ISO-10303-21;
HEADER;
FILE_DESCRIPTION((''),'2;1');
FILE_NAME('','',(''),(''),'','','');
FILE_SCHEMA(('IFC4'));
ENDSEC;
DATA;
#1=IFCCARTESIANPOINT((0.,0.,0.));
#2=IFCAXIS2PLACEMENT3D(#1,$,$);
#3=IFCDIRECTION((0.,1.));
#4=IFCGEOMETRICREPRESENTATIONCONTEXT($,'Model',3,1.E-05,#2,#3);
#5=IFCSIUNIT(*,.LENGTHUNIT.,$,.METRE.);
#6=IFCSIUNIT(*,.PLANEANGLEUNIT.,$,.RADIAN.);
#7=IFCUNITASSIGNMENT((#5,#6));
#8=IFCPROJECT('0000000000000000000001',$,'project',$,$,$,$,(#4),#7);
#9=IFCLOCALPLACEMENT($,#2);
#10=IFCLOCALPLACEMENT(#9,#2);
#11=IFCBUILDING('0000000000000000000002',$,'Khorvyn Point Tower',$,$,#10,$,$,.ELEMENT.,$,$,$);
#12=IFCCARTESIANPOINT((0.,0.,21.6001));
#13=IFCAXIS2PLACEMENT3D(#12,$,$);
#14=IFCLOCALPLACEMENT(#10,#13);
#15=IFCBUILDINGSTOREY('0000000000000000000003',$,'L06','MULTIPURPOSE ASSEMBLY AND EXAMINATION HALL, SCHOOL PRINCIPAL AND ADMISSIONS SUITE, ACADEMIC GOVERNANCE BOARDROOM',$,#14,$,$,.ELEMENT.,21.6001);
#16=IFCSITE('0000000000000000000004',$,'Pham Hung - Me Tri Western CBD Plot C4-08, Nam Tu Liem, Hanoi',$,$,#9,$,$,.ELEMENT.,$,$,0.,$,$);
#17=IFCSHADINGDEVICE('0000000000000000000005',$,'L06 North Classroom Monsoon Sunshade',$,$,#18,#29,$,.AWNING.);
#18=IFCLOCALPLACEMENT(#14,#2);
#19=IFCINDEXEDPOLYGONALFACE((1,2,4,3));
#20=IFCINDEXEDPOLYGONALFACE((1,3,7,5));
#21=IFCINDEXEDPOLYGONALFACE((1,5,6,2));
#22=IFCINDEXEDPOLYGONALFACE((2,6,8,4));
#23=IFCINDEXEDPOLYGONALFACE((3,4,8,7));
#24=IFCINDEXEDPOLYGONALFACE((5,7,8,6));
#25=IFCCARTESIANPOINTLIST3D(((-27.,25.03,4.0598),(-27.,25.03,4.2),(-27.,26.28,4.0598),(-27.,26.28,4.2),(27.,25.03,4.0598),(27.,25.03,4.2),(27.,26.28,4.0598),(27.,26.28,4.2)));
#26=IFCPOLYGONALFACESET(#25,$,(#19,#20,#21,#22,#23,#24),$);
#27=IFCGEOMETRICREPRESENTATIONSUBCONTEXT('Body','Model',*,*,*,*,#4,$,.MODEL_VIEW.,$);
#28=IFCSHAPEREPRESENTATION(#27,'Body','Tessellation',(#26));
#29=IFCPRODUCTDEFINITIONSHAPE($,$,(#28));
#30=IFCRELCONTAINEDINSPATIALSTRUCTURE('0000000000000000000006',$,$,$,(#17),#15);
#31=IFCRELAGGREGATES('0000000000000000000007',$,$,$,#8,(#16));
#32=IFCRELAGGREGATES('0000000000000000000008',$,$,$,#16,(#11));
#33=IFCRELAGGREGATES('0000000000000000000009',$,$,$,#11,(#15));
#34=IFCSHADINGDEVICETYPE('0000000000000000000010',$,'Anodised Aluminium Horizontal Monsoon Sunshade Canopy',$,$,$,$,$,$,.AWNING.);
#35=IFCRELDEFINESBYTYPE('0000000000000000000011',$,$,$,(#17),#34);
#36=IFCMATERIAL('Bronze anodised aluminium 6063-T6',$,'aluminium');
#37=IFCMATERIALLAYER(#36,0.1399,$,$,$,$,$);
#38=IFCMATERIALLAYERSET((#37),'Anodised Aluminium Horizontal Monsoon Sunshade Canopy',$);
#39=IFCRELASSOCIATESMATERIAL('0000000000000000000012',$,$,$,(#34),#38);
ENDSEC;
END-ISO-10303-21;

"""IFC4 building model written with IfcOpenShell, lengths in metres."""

from ifc_helpers import new_model, si_unit, direction, frame, origin, place, context, subcontext, project, spatial, polyline, outline, extrude, material, layer, layer_set, type_object, element, save


model = new_model("IFC4")

# Units and contexts
model_context = context("Model", 3, precision=1e-05, world=origin(), true_north=direction((0.0, 1.0)))
body_context = subcontext(model_context, "Body", "Model", "MODEL_VIEW")
ifc_project = project(units=[si_unit("LENGTHUNIT", "METRE"), si_unit("PLANEANGLEUNIT", "RADIAN")], contexts=[model_context])

# Site, building, storey
site_placement = place(None, origin())
site = spatial("IfcSite", under=ifc_project, at=site_placement, Name="Pham Hung - Me Tri Western CBD Plot C4-08, Nam Tu Liem, Hanoi", CompositionType="ELEMENT", RefElevation=0.0)
building_placement = place(site_placement, origin())
building = spatial("IfcBuilding", under=site, at=building_placement, Name="Khorvyn Point Tower", CompositionType="ELEMENT")
storey_placement = place(building_placement, frame((0.0, 0.0, 21.6001)))
storey = spatial("IfcBuildingStorey", under=building, at=storey_placement, Name="L06", Description="MULTIPURPOSE ASSEMBLY AND EXAMINATION HALL, SCHOOL PRINCIPAL AND ADMISSIONS SUITE, ACADEMIC GOVERNANCE BOARDROOM", CompositionType="ELEMENT", Elevation=21.6001)

# Shading device
ifc_material_1 = material(Name="Bronze anodised aluminium 6063-T6", Category="aluminium")
ifc_layer_1 = layer(ifc_material_1, 0.1399)
ifc_layer_set_1 = layer_set([ifc_layer_1], Name="Anodised Aluminium Horizontal Monsoon Sunshade Canopy")
shading_device_type = type_object("IfcShadingDeviceType", Name="Anodised Aluminium Horizontal Monsoon Sunshade Canopy", PredefinedType="AWNING", material=ifc_layer_set_1)
shading_device_1_placement = place(storey_placement, frame((0.0, 0.0, 4.0598)))
element("IfcShadingDevice", 1, at=shading_device_1_placement, inside=storey, type_object=shading_device_type, Name="L06 North Classroom Monsoon Sunshade", PredefinedType="AWNING", context=body_context, shape_type="SweptSolid", body=[
    extrude(outline(polyline([(-27.0, 25.03), (27.0, 25.03), (27.0, 26.28), (-27.0, 26.28), (-27.0, 25.03)])), origin(), (0.0, 0.0, 1.0), 0.1401),
])

save(model, "model.ifc")
